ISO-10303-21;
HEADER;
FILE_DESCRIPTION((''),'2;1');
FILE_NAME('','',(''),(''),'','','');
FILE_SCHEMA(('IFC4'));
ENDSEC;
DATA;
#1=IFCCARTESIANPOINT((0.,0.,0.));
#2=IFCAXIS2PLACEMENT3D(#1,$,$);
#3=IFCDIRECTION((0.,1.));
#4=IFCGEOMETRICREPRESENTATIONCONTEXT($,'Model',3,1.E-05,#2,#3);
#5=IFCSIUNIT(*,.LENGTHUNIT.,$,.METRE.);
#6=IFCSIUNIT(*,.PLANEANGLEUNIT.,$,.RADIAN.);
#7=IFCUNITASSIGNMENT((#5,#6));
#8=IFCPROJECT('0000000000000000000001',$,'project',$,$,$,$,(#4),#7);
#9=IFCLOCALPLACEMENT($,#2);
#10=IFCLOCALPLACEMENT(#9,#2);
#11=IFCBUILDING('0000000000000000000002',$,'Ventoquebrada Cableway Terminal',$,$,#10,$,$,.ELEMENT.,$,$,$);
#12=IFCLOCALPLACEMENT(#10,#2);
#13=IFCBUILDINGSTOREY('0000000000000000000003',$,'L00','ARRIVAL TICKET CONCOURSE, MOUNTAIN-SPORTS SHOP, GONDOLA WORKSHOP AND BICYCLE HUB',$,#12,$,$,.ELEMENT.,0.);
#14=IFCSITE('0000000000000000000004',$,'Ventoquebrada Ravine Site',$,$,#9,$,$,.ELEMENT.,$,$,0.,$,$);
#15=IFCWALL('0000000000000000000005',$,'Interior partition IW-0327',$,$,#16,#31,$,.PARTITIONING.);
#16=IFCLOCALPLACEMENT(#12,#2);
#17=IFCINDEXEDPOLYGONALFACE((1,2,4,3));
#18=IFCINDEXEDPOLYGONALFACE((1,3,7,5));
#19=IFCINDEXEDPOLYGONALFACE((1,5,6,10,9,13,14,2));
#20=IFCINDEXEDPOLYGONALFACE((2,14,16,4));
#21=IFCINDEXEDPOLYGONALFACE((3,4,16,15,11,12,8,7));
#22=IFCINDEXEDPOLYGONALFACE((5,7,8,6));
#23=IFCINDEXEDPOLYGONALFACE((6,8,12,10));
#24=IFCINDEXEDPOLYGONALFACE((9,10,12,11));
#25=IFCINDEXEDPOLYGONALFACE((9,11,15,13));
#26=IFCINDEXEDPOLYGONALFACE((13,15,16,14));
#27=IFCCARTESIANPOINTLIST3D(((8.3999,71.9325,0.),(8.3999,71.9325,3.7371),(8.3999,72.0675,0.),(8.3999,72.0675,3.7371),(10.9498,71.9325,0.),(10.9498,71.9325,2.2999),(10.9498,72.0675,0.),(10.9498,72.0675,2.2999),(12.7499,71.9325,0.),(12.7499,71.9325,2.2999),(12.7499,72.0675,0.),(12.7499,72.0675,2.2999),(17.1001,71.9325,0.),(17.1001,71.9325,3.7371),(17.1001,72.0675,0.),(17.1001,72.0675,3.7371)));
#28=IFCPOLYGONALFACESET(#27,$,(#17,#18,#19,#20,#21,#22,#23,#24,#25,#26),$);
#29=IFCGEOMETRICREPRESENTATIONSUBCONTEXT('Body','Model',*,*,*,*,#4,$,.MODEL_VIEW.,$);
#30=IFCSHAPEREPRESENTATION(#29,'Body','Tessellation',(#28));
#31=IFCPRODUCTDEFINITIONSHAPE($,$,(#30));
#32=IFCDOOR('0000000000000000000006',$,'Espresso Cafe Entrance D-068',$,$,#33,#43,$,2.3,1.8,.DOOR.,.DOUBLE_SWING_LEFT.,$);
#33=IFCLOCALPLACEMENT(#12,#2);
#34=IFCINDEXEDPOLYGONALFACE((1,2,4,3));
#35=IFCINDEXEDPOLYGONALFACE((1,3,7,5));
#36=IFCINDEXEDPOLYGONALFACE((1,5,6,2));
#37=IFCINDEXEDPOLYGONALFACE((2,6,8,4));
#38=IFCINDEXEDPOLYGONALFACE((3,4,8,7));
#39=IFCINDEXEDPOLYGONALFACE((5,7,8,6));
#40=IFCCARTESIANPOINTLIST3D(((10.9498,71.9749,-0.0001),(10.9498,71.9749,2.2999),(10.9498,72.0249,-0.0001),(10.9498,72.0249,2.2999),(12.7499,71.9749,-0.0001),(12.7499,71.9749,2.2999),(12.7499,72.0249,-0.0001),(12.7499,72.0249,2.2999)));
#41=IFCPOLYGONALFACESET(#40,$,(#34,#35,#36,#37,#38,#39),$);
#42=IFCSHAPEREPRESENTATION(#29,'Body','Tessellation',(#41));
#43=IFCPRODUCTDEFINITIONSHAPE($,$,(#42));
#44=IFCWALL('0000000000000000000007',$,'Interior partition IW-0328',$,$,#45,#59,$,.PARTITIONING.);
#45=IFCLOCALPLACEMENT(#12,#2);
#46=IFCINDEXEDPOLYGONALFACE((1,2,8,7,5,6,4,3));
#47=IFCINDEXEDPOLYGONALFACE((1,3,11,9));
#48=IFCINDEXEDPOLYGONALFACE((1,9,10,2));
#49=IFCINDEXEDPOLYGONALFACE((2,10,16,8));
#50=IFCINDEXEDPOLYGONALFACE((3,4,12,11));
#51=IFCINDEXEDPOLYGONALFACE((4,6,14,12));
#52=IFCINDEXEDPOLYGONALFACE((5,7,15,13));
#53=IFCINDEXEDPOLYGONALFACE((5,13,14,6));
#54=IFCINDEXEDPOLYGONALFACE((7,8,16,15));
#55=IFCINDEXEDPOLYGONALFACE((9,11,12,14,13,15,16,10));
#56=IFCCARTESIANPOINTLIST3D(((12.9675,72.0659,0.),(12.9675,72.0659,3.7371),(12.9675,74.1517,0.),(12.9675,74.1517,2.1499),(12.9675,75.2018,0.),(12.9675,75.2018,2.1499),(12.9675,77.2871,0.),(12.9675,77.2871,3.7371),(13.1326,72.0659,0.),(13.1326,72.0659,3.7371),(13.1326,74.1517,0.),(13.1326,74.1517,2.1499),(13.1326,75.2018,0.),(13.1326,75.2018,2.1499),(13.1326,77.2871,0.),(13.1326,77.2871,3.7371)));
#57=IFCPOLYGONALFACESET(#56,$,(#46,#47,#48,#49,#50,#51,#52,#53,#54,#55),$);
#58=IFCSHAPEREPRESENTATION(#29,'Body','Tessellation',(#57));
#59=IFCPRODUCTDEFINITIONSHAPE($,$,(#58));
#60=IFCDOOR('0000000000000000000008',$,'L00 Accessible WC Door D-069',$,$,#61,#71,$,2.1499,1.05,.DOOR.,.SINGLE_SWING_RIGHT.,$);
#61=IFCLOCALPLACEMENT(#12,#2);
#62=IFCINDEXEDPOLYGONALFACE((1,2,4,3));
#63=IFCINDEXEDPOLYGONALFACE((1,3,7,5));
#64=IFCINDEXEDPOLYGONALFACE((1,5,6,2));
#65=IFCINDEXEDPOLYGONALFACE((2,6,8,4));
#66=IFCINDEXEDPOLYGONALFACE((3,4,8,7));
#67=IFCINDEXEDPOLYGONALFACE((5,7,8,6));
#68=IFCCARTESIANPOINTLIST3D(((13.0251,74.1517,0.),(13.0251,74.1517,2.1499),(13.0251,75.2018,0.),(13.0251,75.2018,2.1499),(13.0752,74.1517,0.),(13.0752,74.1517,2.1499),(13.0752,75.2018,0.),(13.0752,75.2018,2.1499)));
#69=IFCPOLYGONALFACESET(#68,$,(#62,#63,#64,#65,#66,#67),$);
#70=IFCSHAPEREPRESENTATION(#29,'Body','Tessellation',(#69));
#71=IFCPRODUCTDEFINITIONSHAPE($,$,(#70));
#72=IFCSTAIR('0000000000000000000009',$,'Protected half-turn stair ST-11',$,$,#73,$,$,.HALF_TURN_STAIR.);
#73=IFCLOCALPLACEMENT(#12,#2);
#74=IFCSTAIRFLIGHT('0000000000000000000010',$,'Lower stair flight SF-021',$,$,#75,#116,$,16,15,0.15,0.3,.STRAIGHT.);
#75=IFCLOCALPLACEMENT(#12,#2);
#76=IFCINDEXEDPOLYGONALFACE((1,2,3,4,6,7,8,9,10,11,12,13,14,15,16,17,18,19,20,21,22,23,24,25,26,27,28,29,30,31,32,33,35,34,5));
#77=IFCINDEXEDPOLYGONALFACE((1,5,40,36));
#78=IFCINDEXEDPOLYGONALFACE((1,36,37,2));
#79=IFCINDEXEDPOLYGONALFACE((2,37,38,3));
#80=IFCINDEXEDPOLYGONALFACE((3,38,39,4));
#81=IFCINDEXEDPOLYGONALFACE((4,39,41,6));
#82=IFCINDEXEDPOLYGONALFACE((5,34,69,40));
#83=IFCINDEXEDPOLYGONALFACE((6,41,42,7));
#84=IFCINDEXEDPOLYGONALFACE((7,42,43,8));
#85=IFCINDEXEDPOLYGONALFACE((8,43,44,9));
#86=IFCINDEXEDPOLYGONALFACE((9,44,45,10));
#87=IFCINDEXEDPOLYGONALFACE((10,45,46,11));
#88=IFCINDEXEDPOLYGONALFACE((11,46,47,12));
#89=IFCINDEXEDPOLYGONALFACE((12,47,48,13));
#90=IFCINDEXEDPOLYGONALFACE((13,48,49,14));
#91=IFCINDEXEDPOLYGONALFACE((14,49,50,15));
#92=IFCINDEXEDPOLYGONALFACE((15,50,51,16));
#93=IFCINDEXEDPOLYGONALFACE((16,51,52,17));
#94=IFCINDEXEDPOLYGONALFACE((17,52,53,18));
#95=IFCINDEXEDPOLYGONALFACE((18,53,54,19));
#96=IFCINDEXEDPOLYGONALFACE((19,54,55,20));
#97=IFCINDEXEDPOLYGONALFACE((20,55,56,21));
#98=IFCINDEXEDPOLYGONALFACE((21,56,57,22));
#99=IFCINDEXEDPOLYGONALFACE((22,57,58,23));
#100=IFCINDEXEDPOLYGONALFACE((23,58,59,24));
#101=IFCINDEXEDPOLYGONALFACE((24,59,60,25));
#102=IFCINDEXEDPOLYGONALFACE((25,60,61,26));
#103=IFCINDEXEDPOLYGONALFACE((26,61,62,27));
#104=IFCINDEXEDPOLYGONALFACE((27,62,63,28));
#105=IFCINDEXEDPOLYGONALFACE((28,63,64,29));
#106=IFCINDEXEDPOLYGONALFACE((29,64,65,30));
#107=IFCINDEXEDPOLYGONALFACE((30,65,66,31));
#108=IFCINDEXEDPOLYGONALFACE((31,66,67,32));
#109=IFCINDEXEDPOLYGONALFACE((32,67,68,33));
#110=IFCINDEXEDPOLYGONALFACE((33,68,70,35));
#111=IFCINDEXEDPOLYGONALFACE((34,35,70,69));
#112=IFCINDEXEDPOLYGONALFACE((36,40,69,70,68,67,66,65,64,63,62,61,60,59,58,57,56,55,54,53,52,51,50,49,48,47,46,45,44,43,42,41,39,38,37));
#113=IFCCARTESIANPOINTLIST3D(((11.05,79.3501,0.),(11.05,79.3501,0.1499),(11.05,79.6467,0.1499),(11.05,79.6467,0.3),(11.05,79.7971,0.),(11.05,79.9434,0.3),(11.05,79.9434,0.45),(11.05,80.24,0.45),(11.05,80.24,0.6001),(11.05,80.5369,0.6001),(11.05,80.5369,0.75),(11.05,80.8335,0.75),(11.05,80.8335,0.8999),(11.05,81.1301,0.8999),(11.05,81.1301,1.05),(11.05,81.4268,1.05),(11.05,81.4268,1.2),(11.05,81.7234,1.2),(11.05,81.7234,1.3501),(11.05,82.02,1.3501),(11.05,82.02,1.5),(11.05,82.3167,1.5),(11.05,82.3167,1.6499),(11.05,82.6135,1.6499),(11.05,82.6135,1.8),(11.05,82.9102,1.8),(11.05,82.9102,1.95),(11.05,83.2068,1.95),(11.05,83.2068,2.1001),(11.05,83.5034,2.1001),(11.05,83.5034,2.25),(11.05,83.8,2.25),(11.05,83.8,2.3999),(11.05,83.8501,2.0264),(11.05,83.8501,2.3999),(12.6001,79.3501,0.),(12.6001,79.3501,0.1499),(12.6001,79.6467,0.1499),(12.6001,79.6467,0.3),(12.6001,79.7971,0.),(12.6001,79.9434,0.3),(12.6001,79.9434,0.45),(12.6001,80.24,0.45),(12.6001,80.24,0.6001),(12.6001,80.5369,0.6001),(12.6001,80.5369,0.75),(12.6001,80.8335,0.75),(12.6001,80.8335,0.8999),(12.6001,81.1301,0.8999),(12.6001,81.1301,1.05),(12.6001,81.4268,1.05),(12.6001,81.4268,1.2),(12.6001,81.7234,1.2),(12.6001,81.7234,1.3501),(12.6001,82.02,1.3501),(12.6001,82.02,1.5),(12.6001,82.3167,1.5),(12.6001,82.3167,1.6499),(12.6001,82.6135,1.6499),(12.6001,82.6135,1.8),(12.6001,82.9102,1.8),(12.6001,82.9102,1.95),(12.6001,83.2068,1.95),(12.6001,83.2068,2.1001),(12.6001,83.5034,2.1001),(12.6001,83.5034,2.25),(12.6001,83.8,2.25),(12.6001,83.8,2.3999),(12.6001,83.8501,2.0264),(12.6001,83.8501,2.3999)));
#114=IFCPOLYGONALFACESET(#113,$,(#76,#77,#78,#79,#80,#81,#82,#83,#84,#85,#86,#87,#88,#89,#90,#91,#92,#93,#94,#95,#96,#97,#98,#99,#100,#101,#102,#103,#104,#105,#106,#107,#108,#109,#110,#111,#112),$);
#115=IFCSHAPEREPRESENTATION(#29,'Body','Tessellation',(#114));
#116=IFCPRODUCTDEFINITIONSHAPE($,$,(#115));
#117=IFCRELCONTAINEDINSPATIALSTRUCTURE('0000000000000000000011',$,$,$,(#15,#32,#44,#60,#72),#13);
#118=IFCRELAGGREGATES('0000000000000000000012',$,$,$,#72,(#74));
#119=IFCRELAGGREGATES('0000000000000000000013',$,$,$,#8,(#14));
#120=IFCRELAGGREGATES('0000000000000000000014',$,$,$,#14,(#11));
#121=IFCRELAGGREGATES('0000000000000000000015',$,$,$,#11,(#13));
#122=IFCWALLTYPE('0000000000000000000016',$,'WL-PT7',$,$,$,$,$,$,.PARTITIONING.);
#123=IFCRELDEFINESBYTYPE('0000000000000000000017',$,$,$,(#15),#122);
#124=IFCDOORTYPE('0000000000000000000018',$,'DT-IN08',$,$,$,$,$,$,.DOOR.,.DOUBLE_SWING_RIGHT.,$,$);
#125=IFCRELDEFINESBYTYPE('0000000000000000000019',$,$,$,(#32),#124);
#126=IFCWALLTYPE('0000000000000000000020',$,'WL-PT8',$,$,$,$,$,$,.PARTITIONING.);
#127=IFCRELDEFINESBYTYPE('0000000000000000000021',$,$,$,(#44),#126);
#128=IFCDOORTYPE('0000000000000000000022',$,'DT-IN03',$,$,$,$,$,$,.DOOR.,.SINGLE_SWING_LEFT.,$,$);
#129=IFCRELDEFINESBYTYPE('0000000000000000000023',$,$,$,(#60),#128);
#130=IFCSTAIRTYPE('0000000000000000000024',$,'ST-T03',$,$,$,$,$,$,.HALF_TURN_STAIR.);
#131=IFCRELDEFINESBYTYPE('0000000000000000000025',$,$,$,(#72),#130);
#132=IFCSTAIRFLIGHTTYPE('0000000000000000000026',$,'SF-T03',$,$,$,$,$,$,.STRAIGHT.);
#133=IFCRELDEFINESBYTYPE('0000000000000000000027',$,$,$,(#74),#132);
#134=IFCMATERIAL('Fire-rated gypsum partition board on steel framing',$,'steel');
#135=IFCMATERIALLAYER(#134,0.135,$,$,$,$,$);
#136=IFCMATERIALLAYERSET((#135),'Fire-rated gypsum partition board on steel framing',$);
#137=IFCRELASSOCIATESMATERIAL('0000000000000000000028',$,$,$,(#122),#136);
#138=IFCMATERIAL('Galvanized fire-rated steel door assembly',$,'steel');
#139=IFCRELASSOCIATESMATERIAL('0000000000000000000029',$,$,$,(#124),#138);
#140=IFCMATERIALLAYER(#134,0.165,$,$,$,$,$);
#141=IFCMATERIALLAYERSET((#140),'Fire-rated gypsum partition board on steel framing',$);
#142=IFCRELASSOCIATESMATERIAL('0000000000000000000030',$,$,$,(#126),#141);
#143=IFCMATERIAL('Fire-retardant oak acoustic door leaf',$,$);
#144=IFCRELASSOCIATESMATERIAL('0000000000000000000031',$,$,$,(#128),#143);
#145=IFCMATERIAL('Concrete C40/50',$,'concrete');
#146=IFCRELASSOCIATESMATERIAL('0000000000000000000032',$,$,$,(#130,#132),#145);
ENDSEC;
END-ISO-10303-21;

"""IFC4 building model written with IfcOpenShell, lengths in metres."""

from ifc_helpers import new_model, si_unit, direction, frame, frame_2d, origin, place, context, subcontext, project, spatial, polyline, rectangle, outline, extrude, material, layer, layer_set, type_object, element, fill, aggregate, save


model = new_model("IFC4")

# Units and contexts
model_context = context("Model", 3, precision=1e-05, world=origin(), true_north=direction((0.0, 1.0)))
body_context = subcontext(model_context, "Body", "Model", "MODEL_VIEW")
ifc_project = project(units=[si_unit("LENGTHUNIT", "METRE"), si_unit("PLANEANGLEUNIT", "RADIAN")], contexts=[model_context])

# Site, building, storey
site_placement = place(None, origin())
site = spatial("IfcSite", under=ifc_project, at=site_placement, Name="Ventoquebrada Ravine Site", CompositionType="ELEMENT", RefElevation=0.0)
building_placement = place(site_placement, origin())
building = spatial("IfcBuilding", under=site, at=building_placement, Name="Ventoquebrada Cableway Terminal", CompositionType="ELEMENT")
storey_placement = place(building_placement, origin())
storey = spatial("IfcBuildingStorey", under=building, at=storey_placement, Name="L00", Description="ARRIVAL TICKET CONCOURSE, MOUNTAIN-SPORTS SHOP, GONDOLA WORKSHOP AND BICYCLE HUB", CompositionType="ELEMENT", Elevation=0.0)

# Shared definitions
ifc_material_1 = material(Name="Concrete C40/50", Category="concrete")

# Shared definitions
ifc_material_2 = material(Name="Galvanized fire-rated steel door assembly", Category="steel")

# Walls, openings, doors
ifc_material_3 = material(Name="Fire-rated gypsum partition board on steel framing", Category="steel")
ifc_layer_1 = layer(ifc_material_3, 0.135)
ifc_layer_set_1 = layer_set([ifc_layer_1], Name="Fire-rated gypsum partition board on steel framing")
wall_type_1 = type_object("IfcWallType", Name="WL-PT7", PredefinedType="PARTITIONING", material=ifc_layer_set_1)
wall_1_placement = place(storey_placement, frame((8.3999, 72.0, 0.0), z_axis=(0.0, 0.0, 1.0), x_axis=(1.0, 0.0, 0.0)))
wall_1 = element("IfcWall", 1, at=wall_1_placement, inside=storey, type_object=wall_type_1, Name="Interior partition IW-0327", PredefinedType="PARTITIONING", context=body_context, shape_type="SweptSolid", body=[
    extrude(rectangle(XDim=8.7002, YDim=0.135, at=frame_2d((4.3501, 0.0))), origin(), (0.0, 0.0, 1.0), 3.7371),
])
opening_1_placement = place(wall_1_placement, frame((2.55, 0.0, 0.0)))
opening_1 = element("IfcOpeningElement", 2, at=opening_1_placement, cuts=wall_1, PredefinedType="OPENING", context=body_context, shape_type="SweptSolid", body=[
    extrude(rectangle(XDim=1.8, YDim=2.3, at=frame_2d((0.8999, 1.1499))), frame((0.0, 0.0774, 0.0), z_axis=(0.0, -1.0, 0.0), x_axis=(1.0, 0.0, 0.0)), (0.0, 0.0, 1.0), 0.155),
])
door_type_1 = type_object("IfcDoorType", Name="DT-IN08", OperationType="DOUBLE_SWING_RIGHT", PredefinedType="DOOR", material=ifc_material_2)
door_1_placement = place(opening_1_placement, origin())
door_1 = element("IfcDoor", 3, at=door_1_placement, inside=storey, type_object=door_type_1, Name="Espresso Cafe Entrance D-068", OperationType="DOUBLE_SWING_LEFT", OverallHeight=2.3, OverallWidth=1.8, PredefinedType="DOOR", context=body_context, shape_type="SweptSolid", body=[
    extrude(rectangle(XDim=1.8, YDim=2.3, at=frame_2d((0.8999, 1.1499))), frame((0.0, 0.0249, 0.0), z_axis=(0.0, -1.0, 0.0), x_axis=(1.0, 0.0, 0.0)), (0.0, 0.0, 1.0), 0.05),
])
fill(opening_1, door_1)
ifc_layer_2 = layer(ifc_material_3, 0.165)
ifc_layer_set_2 = layer_set([ifc_layer_2], Name="Fire-rated gypsum partition board on steel framing")
wall_type_2 = type_object("IfcWallType", Name="WL-PT8", PredefinedType="PARTITIONING", material=ifc_layer_set_2)
wall_2_placement = place(storey_placement, frame((13.05, 72.0659, 0.0), z_axis=(0.0, 0.0, 1.0), x_axis=(0.0, 1.0, 0.0)))
wall_2 = element("IfcWall", 4, at=wall_2_placement, inside=storey, type_object=wall_type_2, Name="Interior partition IW-0328", PredefinedType="PARTITIONING", context=body_context, shape_type="SweptSolid", body=[
    extrude(rectangle(XDim=5.2212, YDim=0.165, at=frame_2d((2.6106, 0.0))), origin(), (0.0, 0.0, 1.0), 3.7371),
])
opening_2_placement = place(wall_2_placement, frame((2.0859, 0.0, 0.0)))
opening_2 = element("IfcOpeningElement", 5, at=opening_2_placement, cuts=wall_2, PredefinedType="OPENING", context=body_context, shape_type="SweptSolid", body=[
    extrude(rectangle(XDim=1.05, YDim=2.1499, at=frame_2d((0.5249, 1.075))), frame((0.0, 0.0925, 0.0), z_axis=(0.0, -1.0, 0.0), x_axis=(1.0, 0.0, 0.0)), (0.0, 0.0, 1.0), 0.1851),
])
ifc_material_4 = material(Name="Fire-retardant oak acoustic door leaf")
door_type_2 = type_object("IfcDoorType", Name="DT-IN03", OperationType="SINGLE_SWING_LEFT", PredefinedType="DOOR", material=ifc_material_4)
door_2_placement = place(opening_2_placement, origin())
door_2 = element("IfcDoor", 6, at=door_2_placement, inside=storey, type_object=door_type_2, Name="L00 Accessible WC Door D-069", OperationType="SINGLE_SWING_RIGHT", OverallHeight=2.1499, OverallWidth=1.05, PredefinedType="DOOR", context=body_context, shape_type="SweptSolid", body=[
    extrude(rectangle(XDim=1.05, YDim=2.1499, at=frame_2d((0.5249, 1.075))), frame((0.0, 0.0249, 0.0), z_axis=(0.0, -1.0, 0.0), x_axis=(1.0, 0.0, 0.0)), (0.0, 0.0, 1.0), 0.05),
])
fill(opening_2, door_2)

# Stair, stair flight
stair_type = type_object("IfcStairType", Name="ST-T03", PredefinedType="HALF_TURN_STAIR", material=ifc_material_1)
stair_placement = place(storey_placement, origin())
stair = element("IfcStair", 7, at=stair_placement, inside=storey, type_object=stair_type, Name="Protected half-turn stair ST-11", PredefinedType="HALF_TURN_STAIR")
stair_flight_type = type_object("IfcStairFlightType", Name="SF-T03", PredefinedType="STRAIGHT", material=ifc_material_1)
stair_flight_placement = place(storey_placement, frame((11.825, 79.3501, 0.0), z_axis=(0.0, 0.0, 1.0), x_axis=(0.0, 1.0, 0.0)))
stair_flight = element("IfcStairFlight", 8, at=stair_flight_placement, type_object=stair_flight_type, Name="Lower stair flight SF-021", NumberOfRisers=16, NumberOfTreads=15, PredefinedType="STRAIGHT", RiserHeight=0.15, TreadLength=0.3, context=body_context, shape_type="SweptSolid", body=[
    extrude(outline(polyline([(0.0, 0.0), (0.0, 0.1499), (0.2966, 0.1499), (0.2966, 0.3), (0.5933, 0.3), (0.5933, 0.45), (0.8899, 0.45), (0.8899, 0.6001), (1.1868, 0.6001), (1.1868, 0.75), (1.4834, 0.75), (1.4834, 0.8999), (1.78, 0.8999), (1.78, 1.05), (2.0767, 1.05), (2.0767, 1.2), (2.3733, 1.2), (2.3733, 1.3501), (2.6699, 1.3501), (2.6699, 1.5), (2.9666, 1.5), (2.9666, 1.6499), (3.2634, 1.6499), (3.2634, 1.8), (3.5601, 1.8), (3.5601, 1.95), (3.8567, 1.95), (3.8567, 2.1001), (4.1533, 2.1001), (4.1533, 2.25), (4.45, 2.25), (4.45, 2.3999), (4.5, 2.3999), (4.5, 2.0264), (0.447, 0.0), (0.0, 0.0)])), frame((0.0, 0.7749, 0.0), z_axis=(0.0, -1.0, 0.0), x_axis=(1.0, 0.0, 0.0)), (0.0, 0.0, 1.0), 1.55),
])
aggregate(stair, [stair_flight])

save(model, "model.ifc")
